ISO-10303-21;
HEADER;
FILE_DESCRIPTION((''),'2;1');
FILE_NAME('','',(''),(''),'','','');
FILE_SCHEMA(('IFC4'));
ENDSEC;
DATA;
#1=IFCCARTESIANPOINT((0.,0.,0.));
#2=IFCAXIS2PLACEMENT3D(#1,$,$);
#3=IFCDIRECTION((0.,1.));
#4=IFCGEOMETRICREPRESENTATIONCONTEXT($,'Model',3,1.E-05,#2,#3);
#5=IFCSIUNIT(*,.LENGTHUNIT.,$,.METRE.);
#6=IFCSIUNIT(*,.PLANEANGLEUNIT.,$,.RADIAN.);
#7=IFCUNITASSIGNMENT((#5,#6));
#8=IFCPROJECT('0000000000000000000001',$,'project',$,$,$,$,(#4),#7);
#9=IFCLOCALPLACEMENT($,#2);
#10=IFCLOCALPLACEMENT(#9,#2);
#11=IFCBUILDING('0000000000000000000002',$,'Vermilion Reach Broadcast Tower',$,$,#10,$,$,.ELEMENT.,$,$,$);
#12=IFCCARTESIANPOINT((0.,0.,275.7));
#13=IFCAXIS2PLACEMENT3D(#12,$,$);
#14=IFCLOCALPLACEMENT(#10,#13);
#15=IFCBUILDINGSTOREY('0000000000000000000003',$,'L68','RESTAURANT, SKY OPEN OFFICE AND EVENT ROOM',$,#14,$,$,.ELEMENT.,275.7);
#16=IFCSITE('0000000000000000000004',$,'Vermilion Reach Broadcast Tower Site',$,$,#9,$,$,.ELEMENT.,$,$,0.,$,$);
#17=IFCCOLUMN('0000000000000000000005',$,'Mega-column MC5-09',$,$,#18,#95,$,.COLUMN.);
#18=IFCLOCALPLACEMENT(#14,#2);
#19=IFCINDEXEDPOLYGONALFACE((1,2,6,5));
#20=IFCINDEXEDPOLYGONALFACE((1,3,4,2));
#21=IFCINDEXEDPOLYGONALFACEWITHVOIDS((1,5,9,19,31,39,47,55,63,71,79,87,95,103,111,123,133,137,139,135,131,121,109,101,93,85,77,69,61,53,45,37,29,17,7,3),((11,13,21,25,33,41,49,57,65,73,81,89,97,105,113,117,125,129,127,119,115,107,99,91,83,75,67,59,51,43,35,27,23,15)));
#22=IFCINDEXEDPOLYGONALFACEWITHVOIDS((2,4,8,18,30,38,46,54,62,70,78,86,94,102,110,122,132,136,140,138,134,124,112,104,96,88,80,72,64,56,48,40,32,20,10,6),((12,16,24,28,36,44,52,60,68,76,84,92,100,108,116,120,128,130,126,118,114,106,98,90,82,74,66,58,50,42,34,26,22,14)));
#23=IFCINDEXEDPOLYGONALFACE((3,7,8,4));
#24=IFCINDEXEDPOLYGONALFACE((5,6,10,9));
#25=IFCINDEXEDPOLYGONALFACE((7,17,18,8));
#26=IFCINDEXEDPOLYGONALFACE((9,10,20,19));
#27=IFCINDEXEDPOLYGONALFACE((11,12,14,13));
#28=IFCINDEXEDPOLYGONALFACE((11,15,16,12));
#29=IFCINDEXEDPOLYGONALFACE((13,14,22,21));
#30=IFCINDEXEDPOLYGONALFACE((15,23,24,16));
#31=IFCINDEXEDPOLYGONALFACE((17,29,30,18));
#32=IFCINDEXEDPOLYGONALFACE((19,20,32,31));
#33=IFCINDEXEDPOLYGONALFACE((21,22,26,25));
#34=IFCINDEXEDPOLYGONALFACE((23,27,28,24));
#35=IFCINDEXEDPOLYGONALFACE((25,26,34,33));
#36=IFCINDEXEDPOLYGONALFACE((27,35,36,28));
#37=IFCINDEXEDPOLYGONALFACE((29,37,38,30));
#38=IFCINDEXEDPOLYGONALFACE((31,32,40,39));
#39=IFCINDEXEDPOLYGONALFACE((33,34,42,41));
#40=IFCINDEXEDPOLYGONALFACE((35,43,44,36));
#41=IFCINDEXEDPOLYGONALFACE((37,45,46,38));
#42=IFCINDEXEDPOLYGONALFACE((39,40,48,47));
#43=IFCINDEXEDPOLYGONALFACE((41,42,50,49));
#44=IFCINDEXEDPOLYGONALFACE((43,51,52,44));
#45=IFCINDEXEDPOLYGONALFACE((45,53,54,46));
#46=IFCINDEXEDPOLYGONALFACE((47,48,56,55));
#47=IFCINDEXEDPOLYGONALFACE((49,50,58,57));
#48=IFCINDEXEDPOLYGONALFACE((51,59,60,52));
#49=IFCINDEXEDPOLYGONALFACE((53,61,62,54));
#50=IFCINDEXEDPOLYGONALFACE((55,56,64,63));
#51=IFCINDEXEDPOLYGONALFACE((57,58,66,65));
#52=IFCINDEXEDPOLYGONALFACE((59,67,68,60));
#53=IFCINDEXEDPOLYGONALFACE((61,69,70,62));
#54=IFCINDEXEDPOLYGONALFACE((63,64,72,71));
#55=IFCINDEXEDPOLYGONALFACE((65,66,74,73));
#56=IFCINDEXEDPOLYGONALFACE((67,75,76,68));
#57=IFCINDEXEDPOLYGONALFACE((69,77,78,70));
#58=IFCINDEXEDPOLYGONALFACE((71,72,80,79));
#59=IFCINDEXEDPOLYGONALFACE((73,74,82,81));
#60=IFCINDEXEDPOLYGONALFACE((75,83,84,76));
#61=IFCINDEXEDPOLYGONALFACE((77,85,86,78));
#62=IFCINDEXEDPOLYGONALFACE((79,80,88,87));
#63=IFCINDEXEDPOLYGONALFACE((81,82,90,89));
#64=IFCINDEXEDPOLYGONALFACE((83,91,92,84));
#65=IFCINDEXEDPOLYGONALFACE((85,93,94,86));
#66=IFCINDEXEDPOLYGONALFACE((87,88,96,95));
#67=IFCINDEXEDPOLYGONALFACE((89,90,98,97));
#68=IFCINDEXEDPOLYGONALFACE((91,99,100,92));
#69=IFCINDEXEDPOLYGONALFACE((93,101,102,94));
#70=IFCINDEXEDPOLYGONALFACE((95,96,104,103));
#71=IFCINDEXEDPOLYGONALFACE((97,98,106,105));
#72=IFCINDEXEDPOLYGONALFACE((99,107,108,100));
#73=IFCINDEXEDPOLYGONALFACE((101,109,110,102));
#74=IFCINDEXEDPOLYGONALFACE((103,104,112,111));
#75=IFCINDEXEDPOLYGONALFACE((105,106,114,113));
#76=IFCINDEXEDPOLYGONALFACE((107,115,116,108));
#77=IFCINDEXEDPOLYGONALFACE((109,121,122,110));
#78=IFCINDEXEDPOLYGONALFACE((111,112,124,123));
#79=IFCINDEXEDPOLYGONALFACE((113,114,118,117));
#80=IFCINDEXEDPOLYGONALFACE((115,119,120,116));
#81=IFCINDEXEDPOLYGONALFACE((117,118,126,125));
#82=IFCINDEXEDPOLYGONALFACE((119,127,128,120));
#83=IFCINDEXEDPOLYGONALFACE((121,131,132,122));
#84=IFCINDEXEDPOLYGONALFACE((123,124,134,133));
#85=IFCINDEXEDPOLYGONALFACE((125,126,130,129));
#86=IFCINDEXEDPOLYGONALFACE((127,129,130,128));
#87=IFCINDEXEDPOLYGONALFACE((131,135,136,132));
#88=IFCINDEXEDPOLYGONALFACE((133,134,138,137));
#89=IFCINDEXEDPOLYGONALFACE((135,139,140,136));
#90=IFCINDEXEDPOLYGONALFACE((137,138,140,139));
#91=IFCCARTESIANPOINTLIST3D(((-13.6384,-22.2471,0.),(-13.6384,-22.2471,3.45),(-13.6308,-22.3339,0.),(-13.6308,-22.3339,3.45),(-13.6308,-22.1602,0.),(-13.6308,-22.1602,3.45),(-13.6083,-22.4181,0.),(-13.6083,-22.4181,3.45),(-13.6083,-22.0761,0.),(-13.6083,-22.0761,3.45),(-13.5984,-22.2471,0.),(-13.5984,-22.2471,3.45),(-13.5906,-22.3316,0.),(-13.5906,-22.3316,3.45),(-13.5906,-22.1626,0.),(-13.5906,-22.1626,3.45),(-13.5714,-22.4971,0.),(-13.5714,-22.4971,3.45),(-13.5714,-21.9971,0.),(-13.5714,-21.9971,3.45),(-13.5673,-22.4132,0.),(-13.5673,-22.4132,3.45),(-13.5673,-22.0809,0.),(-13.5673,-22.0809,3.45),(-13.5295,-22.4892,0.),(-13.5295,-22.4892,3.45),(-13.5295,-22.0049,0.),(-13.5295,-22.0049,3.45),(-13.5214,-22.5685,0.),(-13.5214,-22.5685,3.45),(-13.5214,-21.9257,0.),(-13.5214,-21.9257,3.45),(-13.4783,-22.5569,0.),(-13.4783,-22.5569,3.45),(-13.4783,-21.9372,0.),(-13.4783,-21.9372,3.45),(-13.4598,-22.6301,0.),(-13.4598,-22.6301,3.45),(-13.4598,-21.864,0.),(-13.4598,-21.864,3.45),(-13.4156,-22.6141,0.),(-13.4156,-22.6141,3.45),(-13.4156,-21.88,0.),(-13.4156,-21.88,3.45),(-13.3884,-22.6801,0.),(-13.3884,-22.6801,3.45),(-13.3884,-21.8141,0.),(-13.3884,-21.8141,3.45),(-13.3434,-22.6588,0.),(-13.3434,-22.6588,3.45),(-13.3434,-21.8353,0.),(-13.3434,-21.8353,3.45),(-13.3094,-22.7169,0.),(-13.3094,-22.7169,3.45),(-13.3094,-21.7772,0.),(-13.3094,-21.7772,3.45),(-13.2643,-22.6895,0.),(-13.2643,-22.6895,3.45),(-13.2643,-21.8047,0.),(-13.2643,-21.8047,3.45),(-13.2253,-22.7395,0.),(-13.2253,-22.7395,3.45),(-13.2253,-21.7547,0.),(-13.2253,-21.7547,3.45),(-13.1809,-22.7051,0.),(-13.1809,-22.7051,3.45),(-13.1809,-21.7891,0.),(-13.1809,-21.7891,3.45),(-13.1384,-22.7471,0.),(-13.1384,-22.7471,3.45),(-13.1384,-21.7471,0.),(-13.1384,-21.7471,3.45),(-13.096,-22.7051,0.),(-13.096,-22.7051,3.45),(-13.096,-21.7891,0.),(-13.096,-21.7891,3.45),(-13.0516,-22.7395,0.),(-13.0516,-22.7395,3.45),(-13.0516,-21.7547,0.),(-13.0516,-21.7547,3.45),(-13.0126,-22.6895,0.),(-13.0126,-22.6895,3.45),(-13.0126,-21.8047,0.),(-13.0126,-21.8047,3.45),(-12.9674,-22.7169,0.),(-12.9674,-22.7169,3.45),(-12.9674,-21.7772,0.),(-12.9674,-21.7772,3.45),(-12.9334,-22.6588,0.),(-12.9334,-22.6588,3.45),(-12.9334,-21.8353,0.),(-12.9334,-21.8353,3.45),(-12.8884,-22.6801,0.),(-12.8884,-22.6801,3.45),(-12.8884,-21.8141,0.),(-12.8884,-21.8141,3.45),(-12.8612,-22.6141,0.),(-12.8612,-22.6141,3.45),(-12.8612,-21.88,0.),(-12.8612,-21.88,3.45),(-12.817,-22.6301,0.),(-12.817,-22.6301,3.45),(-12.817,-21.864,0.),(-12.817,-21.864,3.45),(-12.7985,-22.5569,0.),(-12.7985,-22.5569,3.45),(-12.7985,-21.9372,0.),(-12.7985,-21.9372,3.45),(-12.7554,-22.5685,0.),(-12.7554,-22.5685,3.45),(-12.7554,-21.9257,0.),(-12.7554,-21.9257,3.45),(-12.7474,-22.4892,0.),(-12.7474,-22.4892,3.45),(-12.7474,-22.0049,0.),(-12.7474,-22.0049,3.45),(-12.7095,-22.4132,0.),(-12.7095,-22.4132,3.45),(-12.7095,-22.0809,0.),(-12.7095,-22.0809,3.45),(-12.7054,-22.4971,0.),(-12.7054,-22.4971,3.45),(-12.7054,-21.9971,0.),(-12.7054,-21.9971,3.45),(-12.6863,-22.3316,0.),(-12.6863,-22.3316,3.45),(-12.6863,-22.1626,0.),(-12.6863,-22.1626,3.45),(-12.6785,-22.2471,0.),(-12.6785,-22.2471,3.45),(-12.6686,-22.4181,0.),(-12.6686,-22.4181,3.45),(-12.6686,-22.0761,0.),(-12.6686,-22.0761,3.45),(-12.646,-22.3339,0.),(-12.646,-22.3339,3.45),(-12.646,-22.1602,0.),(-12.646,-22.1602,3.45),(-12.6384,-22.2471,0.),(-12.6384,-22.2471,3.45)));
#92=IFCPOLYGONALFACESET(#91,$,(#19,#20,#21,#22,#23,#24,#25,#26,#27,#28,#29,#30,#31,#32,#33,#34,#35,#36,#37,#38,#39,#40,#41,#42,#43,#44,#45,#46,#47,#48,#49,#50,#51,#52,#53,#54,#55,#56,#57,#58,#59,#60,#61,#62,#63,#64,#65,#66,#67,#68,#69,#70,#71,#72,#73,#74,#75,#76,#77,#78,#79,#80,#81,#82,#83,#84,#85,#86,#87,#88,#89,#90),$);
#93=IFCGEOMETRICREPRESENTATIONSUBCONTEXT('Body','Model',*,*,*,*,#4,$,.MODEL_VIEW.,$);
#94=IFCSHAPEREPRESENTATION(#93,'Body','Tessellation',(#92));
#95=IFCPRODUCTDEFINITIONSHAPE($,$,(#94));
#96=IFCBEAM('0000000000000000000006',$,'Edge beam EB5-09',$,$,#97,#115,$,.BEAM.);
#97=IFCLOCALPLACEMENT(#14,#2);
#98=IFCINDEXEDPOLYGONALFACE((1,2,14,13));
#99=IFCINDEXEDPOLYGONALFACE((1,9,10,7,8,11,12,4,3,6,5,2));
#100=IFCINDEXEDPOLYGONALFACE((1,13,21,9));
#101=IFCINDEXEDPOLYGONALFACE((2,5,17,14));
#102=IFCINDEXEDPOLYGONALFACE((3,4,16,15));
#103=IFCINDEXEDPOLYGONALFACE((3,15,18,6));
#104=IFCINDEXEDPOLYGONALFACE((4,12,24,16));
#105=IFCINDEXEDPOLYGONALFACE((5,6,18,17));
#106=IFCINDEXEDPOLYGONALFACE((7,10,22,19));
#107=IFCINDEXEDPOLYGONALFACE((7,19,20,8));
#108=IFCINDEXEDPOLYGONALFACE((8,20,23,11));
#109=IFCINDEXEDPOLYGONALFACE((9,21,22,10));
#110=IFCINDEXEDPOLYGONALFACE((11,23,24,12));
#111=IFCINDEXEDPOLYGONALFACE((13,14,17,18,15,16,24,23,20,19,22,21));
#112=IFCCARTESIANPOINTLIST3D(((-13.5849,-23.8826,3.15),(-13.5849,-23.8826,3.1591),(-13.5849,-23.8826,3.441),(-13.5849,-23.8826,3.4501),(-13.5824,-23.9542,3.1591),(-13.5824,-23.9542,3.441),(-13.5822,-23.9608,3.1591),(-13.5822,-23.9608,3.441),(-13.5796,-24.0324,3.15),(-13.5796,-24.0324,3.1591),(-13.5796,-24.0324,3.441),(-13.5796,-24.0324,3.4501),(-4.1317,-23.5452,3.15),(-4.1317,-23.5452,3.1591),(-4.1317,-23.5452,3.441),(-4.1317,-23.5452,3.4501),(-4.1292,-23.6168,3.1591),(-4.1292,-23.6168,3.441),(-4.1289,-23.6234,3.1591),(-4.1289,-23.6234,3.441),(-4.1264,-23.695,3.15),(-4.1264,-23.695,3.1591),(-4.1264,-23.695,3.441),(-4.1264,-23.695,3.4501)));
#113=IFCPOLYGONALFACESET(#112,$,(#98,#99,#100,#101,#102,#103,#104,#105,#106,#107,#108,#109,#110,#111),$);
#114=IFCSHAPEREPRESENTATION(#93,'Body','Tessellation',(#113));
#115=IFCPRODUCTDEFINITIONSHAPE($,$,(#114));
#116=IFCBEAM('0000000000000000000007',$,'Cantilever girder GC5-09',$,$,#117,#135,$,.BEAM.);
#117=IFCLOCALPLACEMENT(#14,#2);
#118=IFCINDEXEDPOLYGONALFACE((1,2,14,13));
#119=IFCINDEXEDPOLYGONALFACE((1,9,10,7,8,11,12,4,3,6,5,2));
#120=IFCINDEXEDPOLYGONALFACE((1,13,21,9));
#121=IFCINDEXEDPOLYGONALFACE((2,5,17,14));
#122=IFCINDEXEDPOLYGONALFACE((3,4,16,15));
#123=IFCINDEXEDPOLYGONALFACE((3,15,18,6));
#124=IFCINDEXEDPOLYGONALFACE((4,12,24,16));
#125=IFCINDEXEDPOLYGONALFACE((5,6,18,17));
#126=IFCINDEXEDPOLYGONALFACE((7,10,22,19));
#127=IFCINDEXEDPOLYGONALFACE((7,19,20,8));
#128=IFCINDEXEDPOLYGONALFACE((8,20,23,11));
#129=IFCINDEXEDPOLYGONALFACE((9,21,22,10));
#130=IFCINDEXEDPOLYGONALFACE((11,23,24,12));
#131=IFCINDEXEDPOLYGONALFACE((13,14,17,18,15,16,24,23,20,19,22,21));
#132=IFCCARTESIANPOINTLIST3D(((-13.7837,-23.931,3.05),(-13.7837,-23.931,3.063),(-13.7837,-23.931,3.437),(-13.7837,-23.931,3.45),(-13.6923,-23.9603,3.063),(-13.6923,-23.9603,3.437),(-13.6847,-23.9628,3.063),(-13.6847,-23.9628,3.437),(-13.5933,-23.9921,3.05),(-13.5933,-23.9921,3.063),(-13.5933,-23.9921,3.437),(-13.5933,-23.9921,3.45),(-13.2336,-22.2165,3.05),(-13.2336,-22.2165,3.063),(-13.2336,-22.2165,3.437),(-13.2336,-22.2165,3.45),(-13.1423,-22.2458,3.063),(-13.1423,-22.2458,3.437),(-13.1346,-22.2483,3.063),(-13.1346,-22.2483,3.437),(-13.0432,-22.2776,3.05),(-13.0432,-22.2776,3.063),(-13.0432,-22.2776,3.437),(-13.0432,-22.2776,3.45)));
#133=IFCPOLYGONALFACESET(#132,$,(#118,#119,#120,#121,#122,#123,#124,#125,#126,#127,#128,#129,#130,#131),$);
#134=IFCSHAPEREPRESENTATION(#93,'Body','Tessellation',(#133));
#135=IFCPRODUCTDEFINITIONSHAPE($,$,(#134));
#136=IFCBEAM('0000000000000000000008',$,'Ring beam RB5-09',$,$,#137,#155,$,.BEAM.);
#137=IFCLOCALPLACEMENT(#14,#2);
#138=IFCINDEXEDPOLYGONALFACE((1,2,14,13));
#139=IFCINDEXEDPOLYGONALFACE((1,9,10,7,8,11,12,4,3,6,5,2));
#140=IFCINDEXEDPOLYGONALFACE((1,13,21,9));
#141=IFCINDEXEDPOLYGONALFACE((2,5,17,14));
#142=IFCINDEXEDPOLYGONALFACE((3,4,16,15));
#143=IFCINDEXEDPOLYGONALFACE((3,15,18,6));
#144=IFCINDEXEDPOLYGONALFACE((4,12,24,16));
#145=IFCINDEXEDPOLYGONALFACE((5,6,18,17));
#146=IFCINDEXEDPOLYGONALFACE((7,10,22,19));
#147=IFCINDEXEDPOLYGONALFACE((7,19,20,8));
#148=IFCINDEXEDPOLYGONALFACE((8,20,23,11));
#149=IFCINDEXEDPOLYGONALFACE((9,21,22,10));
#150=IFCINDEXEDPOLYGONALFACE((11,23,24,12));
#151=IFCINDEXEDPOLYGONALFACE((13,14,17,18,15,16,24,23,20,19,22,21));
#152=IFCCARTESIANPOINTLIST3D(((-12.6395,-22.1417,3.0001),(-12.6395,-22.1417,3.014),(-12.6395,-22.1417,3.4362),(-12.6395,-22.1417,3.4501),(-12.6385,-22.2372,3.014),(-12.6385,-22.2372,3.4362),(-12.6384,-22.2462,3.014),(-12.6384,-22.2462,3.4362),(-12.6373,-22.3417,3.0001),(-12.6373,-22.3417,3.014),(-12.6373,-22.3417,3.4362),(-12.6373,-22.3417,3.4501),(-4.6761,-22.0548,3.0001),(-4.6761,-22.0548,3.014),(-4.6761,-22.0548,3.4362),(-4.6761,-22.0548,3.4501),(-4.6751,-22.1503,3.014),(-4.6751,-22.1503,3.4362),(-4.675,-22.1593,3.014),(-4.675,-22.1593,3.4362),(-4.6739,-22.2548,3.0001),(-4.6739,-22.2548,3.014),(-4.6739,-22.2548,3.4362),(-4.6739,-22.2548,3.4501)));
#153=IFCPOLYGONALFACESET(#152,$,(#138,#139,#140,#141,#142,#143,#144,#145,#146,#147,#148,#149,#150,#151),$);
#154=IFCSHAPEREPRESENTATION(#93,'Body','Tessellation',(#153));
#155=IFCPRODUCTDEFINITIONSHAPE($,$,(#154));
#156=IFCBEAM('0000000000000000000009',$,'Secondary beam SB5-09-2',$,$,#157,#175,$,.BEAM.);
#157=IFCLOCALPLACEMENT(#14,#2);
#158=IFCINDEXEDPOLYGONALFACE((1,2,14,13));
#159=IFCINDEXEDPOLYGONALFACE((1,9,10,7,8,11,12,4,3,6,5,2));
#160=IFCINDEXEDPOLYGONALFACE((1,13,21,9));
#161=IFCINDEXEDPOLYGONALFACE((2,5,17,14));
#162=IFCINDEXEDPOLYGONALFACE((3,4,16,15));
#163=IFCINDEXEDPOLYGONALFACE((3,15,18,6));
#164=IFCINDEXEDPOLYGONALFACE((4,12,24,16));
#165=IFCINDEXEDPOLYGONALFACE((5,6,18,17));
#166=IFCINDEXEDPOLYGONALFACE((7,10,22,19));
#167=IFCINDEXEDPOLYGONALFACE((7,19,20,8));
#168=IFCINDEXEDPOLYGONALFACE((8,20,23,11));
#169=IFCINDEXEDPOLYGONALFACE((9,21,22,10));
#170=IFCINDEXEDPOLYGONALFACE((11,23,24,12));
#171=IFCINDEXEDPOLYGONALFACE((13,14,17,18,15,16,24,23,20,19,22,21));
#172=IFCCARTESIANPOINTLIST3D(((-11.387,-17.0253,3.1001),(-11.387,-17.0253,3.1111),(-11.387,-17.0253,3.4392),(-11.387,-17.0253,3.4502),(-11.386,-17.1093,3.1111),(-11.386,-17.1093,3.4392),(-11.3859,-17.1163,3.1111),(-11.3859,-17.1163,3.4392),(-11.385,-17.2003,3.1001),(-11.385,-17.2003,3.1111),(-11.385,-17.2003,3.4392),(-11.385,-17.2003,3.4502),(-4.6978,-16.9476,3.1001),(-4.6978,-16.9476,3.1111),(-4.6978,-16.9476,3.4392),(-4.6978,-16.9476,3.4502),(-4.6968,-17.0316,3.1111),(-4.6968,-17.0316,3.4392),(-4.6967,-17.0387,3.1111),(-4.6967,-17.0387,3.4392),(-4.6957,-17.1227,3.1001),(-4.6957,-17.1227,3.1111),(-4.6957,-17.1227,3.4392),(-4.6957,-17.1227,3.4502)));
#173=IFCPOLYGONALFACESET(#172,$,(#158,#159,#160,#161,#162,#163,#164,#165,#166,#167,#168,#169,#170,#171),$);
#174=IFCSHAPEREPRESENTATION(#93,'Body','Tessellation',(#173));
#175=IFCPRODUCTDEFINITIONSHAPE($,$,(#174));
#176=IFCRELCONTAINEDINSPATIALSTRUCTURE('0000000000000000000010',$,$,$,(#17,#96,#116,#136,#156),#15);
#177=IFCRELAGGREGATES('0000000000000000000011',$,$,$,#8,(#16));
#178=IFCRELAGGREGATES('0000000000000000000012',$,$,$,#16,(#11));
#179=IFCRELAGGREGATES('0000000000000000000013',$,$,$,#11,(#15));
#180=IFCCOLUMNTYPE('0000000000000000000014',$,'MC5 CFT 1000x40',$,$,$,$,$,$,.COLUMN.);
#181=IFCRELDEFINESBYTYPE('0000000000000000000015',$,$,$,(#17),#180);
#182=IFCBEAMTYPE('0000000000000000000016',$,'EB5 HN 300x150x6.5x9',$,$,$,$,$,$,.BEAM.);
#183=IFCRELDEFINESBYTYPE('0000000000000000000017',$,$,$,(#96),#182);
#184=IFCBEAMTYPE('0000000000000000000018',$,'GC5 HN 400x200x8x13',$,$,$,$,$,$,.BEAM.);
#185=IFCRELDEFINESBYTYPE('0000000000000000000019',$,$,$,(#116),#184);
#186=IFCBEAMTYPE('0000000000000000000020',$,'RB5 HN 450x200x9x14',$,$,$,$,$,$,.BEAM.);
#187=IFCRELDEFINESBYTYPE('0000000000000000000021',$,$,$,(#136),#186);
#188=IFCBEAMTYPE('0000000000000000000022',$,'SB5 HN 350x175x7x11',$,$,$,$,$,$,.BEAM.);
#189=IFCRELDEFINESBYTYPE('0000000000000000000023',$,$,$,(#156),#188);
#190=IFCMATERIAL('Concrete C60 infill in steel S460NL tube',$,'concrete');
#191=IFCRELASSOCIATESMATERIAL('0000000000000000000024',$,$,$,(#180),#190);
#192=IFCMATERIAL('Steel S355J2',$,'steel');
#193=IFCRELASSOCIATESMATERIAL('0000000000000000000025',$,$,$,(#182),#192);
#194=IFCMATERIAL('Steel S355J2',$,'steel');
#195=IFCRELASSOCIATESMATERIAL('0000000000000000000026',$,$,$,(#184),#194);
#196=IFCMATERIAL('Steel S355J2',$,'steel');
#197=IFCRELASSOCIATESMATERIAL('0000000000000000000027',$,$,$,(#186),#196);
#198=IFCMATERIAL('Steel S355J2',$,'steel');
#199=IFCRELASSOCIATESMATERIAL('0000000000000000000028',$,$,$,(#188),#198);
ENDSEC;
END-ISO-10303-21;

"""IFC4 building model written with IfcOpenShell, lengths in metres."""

from ifc_helpers import new_model, si_unit, direction, frame, origin, origin_2d, place, context, subcontext, project, spatial, hollow_circle, i_section, extrude, material, material_profile, profile_set, type_object, element, save


model = new_model("IFC4")

# Units and contexts
model_context = context("Model", 3, precision=1e-05, world=origin(), true_north=direction((0.0, 1.0)))
body_context = subcontext(model_context, "Body", "Model", "MODEL_VIEW")
ifc_project = project(units=[si_unit("LENGTHUNIT", "METRE"), si_unit("PLANEANGLEUNIT", "RADIAN")], contexts=[model_context])

# Site, building, storey
site_placement = place(None, origin())
site = spatial("IfcSite", under=ifc_project, at=site_placement, Name="Vermilion Reach Broadcast Tower Site", CompositionType="ELEMENT", RefElevation=0.0)
building_placement = place(site_placement, origin())
building = spatial("IfcBuilding", under=site, at=building_placement, Name="Vermilion Reach Broadcast Tower", CompositionType="ELEMENT")
storey_placement = place(building_placement, frame((0.0, 0.0, 275.7)))
storey = spatial("IfcBuildingStorey", under=building, at=storey_placement, Name="L68", Description="RESTAURANT, SKY OPEN OFFICE AND EVENT ROOM", CompositionType="ELEMENT", Elevation=275.7)

# Column
ifc_material_1 = material(Name="Concrete C60 infill in steel S460NL tube", Category="concrete")
ifc_material_profile_1 = material_profile(ifc_material_1, hollow_circle(Radius=0.5, WallThickness=0.04, at=origin_2d()), Name="Concrete C60 infill in steel S460NL tube CFT 1000x40")
ifc_profile_set_1 = profile_set([ifc_material_profile_1], Name="Concrete C60 infill in steel S460NL tube")
column_type = type_object("IfcColumnType", Name="MC5 CFT 1000x40", PredefinedType="COLUMN", material=ifc_profile_set_1)
column_placement = place(storey_placement, frame((-13.1384, -22.2471, 0.0), z_axis=(0.0, 0.0, 1.0), x_axis=(1.0, 0.0, 0.0)))
element("IfcColumn", 1, at=column_placement, inside=storey, type_object=column_type, Name="Mega-column MC5-09", PredefinedType="COLUMN", context=body_context, shape_type="SweptSolid", body=[
    extrude(hollow_circle(Radius=0.5, WallThickness=0.04, at=origin_2d()), origin(), (0.0, 0.0, 1.0), 3.45),
])

# Beams
ifc_material_2 = material(Name="Steel S355J2", Category="steel")
ifc_material_profile_2 = material_profile(ifc_material_2, i_section(OverallWidth=0.1499, OverallDepth=0.3, WebThickness=0.0066, FlangeThickness=0.009, at=origin_2d()), Name="S355J2 HN 300x150x6.5x9")
ifc_profile_set_2 = profile_set([ifc_material_profile_2], Name="Steel S355J2")
beam_type_1 = type_object("IfcBeamType", Name="EB5 HN 300x150x6.5x9", PredefinedType="BEAM", material=ifc_profile_set_2)
beam_1_placement = place(storey_placement, frame((-13.5823, -23.9575, 3.3), z_axis=(0.999364, 0.035669, 0.0), x_axis=(-0.035669, 0.999364, 0.0)))
element("IfcBeam", 2, at=beam_1_placement, inside=storey, type_object=beam_type_1, Name="Edge beam EB5-09", PredefinedType="BEAM", context=body_context, shape_type="SweptSolid", body=[
    extrude(i_section(OverallWidth=0.1499, OverallDepth=0.3, WebThickness=0.0066, FlangeThickness=0.009, at=origin_2d()), origin(), (0.0, 0.0, 1.0), 9.4592),
])
ifc_material_3 = material(Name="Steel S355J2", Category="steel")
ifc_material_profile_3 = material_profile(ifc_material_3, i_section(OverallWidth=0.2, OverallDepth=0.3999, WebThickness=0.0081, FlangeThickness=0.0129, at=origin_2d()), Name="S355J2 HN 400x200x8x13")
ifc_profile_set_3 = profile_set([ifc_material_profile_3], Name="Steel S355J2")
beam_type_2 = type_object("IfcBeamType", Name="GC5 HN 400x200x8x13", PredefinedType="BEAM", material=ifc_profile_set_3)
beam_2_placement = place(storey_placement, frame((-13.1384, -22.2471, 3.25), z_axis=(-0.305509, -0.952189, 0.0), x_axis=(0.952189, -0.305509, 0.0)))
element("IfcBeam", 3, at=beam_2_placement, inside=storey, type_object=beam_type_2, Name="Cantilever girder GC5-09", PredefinedType="BEAM", context=body_context, shape_type="SweptSolid", body=[
    extrude(i_section(OverallWidth=0.2, OverallDepth=0.3999, WebThickness=0.0081, FlangeThickness=0.0129, at=origin_2d()), origin(), (0.0, 0.0, 1.0), 1.8005),
])
ifc_material_4 = material(Name="Steel S355J2", Category="steel")
ifc_material_profile_4 = material_profile(ifc_material_4, i_section(OverallWidth=0.2, OverallDepth=0.45, WebThickness=0.009, FlangeThickness=0.0139, at=origin_2d()), Name="S355J2 HN 450x200x9x14")
ifc_profile_set_4 = profile_set([ifc_material_profile_4], Name="Steel S355J2")
beam_type_3 = type_object("IfcBeamType", Name="RB5 HN 450x200x9x14", PredefinedType="BEAM", material=ifc_profile_set_4)
beam_3_placement = place(storey_placement, frame((-12.6384, -22.2417, 3.2251), z_axis=(0.99994, 0.010914, 0.0), x_axis=(-0.010914, 0.99994, 0.0)))
element("IfcBeam", 4, at=beam_3_placement, inside=storey, type_object=beam_type_3, Name="Ring beam RB5-09", PredefinedType="BEAM", context=body_context, shape_type="SweptSolid", body=[
    extrude(i_section(OverallWidth=0.2, OverallDepth=0.45, WebThickness=0.009, FlangeThickness=0.0139, at=origin_2d()), origin(), (0.0, 0.0, 1.0), 7.9639),
])
ifc_material_5 = material(Name="Steel S355J2", Category="steel")
ifc_material_profile_5 = material_profile(ifc_material_5, i_section(OverallWidth=0.175, OverallDepth=0.3501, WebThickness=0.0071, FlangeThickness=0.011, at=origin_2d()), Name="S355J2 HN 350x175x7x11")
ifc_profile_set_5 = profile_set([ifc_material_profile_5], Name="Steel S355J2")
beam_type_4 = type_object("IfcBeamType", Name="SB5 HN 350x175x7x11", PredefinedType="BEAM", material=ifc_profile_set_5)
beam_4_placement = place(storey_placement, frame((-11.386, -17.1128, 3.2751), z_axis=(0.999933, 0.011605, 0.0), x_axis=(-0.011605, 0.999933, 0.0)))
element("IfcBeam", 5, at=beam_4_placement, inside=storey, type_object=beam_type_4, Name="Secondary beam SB5-09-2", PredefinedType="BEAM", context=body_context, shape_type="SweptSolid", body=[
    extrude(i_section(OverallWidth=0.175, OverallDepth=0.3501, WebThickness=0.0071, FlangeThickness=0.011, at=origin_2d()), origin(), (0.0, 0.0, 1.0), 6.6897),
])

save(model, "model.ifc")
